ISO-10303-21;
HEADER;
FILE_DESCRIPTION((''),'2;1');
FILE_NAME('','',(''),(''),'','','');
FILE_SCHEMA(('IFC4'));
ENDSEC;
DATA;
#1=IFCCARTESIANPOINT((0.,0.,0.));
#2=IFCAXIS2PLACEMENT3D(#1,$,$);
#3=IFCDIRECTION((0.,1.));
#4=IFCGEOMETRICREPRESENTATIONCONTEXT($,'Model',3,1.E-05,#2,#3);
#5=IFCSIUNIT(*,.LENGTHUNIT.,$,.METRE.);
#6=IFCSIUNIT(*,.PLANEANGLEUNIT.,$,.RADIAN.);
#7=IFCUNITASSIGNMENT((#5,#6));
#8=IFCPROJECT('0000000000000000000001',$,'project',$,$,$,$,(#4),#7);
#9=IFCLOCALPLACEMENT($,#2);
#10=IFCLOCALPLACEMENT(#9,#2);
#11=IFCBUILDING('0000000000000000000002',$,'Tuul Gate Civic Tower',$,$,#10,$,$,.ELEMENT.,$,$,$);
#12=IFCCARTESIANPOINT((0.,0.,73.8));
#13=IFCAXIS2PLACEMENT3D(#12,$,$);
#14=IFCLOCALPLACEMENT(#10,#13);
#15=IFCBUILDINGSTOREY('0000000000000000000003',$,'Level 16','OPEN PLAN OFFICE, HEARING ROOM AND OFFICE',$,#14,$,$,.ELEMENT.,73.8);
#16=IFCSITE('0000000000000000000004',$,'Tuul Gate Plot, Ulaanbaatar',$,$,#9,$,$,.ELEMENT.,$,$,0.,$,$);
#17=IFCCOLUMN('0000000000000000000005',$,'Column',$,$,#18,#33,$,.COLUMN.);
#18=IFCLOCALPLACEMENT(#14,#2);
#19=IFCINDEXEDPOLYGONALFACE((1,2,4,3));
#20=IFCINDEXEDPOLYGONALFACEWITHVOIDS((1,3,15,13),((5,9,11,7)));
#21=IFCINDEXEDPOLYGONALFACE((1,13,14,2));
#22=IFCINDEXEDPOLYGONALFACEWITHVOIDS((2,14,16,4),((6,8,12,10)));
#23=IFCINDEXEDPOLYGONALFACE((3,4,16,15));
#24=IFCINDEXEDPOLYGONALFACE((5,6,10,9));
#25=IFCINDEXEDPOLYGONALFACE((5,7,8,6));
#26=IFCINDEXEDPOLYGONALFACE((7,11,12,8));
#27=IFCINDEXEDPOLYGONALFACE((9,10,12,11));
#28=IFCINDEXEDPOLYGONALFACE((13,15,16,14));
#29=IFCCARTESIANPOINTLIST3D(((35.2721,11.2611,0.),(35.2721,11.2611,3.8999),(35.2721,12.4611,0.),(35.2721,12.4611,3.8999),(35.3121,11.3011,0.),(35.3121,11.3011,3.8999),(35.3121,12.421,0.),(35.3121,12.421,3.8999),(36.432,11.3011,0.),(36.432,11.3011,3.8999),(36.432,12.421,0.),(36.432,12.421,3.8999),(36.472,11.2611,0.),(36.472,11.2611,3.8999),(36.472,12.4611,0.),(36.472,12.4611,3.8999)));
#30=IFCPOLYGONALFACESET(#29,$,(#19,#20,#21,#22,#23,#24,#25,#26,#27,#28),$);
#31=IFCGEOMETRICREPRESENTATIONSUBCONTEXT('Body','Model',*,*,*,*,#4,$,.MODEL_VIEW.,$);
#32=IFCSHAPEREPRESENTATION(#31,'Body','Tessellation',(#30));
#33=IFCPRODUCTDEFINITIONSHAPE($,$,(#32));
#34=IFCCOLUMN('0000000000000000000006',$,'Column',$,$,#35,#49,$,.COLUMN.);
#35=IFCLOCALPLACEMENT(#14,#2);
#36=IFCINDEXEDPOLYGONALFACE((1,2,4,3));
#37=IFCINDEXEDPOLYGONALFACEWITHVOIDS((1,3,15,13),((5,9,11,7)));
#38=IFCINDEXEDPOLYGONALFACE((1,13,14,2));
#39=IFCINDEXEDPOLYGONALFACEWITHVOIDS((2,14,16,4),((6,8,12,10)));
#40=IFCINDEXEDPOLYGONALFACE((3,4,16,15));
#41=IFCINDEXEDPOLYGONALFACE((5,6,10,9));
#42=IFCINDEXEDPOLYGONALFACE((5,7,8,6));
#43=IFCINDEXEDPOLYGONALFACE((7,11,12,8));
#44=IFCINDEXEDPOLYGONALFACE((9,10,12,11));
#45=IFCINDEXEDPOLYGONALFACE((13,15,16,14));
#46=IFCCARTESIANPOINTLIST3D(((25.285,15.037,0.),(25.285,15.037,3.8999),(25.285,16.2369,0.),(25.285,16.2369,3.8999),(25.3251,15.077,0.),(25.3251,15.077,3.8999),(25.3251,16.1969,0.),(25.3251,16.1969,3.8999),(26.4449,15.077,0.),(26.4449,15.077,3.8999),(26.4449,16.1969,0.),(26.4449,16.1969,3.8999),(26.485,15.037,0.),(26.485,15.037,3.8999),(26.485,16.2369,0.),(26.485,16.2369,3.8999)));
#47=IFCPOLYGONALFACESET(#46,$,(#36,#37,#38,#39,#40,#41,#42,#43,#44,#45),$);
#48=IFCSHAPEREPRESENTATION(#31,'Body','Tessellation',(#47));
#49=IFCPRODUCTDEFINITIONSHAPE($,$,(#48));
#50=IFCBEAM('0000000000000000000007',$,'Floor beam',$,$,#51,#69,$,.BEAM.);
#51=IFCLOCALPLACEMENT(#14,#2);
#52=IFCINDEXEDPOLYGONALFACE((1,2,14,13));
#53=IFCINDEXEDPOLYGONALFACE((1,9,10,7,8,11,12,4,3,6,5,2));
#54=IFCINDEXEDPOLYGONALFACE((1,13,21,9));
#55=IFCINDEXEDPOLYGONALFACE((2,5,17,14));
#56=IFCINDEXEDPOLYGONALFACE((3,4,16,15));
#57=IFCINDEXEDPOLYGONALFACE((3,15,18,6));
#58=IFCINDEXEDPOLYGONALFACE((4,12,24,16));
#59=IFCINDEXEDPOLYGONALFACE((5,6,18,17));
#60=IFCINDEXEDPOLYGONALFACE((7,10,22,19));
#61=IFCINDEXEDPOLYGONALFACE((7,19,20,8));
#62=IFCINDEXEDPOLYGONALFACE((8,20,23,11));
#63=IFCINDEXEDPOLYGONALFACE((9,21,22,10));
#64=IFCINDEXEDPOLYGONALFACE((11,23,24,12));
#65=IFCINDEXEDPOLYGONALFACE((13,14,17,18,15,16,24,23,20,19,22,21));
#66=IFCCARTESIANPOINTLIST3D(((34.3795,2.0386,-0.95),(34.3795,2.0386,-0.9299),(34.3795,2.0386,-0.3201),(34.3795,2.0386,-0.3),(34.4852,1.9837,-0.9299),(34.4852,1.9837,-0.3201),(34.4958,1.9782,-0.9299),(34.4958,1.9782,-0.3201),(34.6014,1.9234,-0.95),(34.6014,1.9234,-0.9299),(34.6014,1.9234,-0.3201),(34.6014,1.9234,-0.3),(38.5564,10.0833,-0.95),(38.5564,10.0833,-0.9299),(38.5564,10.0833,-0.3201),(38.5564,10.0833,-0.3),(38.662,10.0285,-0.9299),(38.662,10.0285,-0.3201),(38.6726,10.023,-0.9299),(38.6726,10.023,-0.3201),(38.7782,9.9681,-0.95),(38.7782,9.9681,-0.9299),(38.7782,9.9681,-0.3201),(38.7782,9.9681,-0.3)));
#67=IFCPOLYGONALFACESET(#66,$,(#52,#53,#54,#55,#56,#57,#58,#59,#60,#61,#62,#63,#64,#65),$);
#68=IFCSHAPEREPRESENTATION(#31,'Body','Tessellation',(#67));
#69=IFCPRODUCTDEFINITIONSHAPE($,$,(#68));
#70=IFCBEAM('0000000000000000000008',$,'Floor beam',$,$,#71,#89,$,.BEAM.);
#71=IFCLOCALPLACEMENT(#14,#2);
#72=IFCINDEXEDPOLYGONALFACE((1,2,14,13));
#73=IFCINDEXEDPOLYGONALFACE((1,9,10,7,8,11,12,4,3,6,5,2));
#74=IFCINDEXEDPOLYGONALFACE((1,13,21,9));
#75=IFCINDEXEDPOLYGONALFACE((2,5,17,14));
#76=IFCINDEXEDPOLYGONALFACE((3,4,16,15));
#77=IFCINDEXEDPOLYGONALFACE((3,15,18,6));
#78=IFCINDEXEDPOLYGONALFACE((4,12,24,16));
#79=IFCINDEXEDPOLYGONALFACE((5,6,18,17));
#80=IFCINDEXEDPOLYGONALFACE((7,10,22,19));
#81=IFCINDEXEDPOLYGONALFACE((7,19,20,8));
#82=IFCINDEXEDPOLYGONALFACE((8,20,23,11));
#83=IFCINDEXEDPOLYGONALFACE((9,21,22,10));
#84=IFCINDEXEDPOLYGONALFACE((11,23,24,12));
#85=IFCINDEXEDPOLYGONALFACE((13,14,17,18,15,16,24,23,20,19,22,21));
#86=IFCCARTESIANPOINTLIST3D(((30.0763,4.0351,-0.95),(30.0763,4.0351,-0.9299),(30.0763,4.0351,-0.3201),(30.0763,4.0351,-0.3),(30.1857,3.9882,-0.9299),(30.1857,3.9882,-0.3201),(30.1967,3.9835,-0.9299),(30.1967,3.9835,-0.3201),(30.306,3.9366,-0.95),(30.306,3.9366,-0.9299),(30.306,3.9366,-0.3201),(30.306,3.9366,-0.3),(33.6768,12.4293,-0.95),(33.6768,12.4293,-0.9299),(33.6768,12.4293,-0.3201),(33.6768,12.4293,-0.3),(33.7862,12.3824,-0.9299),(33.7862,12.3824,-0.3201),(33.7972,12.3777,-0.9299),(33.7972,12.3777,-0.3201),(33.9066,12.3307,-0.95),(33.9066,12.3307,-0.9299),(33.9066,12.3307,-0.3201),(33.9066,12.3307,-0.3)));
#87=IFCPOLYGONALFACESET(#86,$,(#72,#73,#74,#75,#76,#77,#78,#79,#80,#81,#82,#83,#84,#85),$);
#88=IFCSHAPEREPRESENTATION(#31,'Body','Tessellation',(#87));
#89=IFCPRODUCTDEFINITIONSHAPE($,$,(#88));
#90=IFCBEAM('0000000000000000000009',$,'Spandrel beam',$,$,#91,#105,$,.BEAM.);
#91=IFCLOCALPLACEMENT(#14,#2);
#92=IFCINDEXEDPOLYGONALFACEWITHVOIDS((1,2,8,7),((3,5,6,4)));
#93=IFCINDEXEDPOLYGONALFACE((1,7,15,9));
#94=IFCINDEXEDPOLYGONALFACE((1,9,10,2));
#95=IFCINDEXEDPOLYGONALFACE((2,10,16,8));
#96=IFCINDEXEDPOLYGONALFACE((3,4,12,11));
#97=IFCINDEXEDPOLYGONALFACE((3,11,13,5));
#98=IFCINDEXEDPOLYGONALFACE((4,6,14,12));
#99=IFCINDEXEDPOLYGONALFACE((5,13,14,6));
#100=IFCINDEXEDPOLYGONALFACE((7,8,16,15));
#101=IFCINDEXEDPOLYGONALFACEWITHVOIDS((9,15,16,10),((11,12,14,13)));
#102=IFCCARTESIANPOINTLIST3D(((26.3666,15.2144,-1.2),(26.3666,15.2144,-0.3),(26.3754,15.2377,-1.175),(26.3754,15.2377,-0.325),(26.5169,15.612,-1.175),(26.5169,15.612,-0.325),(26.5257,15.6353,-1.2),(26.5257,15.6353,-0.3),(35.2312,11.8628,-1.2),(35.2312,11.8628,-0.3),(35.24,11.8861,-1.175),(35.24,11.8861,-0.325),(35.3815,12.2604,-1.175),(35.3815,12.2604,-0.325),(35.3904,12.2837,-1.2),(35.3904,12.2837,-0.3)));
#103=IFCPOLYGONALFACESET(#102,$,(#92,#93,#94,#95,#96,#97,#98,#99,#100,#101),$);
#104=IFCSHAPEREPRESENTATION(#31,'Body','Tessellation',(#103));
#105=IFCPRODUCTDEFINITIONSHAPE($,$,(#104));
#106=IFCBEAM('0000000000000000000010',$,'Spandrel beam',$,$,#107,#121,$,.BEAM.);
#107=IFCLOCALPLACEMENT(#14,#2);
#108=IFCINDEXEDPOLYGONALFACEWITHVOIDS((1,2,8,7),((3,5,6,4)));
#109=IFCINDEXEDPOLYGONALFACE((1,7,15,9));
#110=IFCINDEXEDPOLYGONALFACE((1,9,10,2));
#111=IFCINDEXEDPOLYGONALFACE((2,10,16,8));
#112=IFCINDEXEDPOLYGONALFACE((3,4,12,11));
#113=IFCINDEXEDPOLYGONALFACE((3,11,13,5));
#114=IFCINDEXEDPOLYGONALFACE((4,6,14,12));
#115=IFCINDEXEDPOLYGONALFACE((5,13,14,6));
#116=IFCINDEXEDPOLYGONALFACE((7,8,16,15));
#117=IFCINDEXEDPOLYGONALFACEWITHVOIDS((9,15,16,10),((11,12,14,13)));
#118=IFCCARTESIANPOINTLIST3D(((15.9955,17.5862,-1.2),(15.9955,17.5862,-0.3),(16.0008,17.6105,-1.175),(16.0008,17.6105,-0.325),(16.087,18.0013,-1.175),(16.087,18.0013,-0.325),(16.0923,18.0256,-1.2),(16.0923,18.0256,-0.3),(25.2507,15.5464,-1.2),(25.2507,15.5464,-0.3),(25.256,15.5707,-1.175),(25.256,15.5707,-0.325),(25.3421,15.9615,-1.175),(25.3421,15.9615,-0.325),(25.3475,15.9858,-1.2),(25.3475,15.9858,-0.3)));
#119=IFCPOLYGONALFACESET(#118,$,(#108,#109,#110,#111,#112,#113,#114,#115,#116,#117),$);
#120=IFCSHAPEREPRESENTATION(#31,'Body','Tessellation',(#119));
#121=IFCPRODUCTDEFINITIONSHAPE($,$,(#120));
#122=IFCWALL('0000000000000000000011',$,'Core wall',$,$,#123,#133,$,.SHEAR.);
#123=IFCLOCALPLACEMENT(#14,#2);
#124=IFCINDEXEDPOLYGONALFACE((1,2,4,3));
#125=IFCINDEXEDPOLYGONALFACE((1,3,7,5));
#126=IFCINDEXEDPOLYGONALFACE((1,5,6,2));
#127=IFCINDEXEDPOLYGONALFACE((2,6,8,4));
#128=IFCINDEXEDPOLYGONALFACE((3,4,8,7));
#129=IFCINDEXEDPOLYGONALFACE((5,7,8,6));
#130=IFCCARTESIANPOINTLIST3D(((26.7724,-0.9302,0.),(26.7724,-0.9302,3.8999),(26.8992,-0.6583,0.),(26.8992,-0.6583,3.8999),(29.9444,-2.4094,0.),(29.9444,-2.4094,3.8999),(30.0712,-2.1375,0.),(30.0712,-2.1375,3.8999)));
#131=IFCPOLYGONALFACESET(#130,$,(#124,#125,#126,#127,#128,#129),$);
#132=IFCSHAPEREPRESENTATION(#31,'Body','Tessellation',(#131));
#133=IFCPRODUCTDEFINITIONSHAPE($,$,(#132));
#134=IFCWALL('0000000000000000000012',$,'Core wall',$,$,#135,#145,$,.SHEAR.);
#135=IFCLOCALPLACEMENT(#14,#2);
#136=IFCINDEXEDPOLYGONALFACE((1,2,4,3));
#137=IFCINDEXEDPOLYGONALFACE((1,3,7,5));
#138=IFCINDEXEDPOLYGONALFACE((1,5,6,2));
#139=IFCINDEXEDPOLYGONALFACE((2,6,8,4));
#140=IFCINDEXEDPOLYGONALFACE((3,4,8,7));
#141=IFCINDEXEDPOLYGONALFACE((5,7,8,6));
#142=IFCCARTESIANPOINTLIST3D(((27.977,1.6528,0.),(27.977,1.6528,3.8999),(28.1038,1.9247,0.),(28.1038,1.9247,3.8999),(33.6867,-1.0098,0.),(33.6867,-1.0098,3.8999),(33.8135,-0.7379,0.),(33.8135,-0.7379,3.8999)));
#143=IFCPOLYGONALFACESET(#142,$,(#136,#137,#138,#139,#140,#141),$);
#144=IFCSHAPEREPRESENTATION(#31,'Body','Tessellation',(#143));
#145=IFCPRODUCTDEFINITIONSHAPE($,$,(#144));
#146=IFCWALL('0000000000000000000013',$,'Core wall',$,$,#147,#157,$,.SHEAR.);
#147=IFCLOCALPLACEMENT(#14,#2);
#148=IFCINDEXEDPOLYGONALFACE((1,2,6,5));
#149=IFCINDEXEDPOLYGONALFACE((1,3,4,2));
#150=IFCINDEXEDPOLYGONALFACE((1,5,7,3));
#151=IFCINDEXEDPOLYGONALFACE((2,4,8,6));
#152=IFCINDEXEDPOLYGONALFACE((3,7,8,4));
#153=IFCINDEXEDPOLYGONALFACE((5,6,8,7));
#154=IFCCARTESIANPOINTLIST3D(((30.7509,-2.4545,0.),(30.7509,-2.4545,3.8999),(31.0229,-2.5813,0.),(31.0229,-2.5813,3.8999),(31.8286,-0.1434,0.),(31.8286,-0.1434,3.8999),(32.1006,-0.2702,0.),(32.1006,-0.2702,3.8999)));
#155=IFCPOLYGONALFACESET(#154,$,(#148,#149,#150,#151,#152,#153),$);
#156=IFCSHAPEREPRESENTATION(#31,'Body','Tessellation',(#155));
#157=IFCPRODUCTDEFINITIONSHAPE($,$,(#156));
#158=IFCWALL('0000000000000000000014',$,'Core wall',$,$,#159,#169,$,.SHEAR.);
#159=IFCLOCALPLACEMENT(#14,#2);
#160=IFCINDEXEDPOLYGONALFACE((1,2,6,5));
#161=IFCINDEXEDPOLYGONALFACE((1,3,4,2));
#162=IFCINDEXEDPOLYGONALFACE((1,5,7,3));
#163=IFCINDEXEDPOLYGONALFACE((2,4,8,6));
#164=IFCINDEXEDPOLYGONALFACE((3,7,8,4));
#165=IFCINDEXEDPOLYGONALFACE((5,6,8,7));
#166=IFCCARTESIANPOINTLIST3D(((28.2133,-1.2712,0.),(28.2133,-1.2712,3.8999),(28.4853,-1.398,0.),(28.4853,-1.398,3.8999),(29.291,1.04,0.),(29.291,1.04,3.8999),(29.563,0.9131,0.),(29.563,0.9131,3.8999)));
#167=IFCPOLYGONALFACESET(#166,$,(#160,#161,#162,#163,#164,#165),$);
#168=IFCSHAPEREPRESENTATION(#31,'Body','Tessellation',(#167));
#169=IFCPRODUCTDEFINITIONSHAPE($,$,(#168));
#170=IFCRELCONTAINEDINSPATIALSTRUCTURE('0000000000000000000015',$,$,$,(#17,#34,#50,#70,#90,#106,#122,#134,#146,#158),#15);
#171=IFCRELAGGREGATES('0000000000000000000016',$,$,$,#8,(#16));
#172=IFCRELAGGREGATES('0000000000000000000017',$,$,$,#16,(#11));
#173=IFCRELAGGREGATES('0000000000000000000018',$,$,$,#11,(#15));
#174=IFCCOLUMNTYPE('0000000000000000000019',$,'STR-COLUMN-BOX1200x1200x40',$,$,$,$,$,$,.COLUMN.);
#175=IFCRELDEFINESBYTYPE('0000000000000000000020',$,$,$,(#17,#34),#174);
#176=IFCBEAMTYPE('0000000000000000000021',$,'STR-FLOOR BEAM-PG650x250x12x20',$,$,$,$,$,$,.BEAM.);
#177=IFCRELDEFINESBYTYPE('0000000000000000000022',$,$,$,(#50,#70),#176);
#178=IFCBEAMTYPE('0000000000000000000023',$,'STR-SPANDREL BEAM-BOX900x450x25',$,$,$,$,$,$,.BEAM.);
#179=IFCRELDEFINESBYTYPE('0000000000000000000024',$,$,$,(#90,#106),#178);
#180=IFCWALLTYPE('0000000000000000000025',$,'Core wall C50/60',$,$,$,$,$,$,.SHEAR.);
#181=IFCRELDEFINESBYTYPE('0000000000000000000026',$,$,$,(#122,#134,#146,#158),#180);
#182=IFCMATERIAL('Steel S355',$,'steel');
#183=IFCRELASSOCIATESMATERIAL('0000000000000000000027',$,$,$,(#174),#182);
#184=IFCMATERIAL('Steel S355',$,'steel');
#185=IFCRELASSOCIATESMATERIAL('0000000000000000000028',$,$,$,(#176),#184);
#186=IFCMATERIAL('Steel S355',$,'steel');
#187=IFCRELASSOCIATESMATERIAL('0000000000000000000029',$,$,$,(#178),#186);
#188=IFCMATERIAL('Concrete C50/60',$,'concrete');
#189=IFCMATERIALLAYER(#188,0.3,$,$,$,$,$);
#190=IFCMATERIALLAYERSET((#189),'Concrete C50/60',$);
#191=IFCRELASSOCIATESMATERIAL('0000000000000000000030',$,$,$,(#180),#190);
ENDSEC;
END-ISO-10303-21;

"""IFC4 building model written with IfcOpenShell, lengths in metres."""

from ifc_helpers import new_model, si_unit, direction, frame, frame_2d, origin, origin_2d, place, context, subcontext, project, spatial, rectangle, hollow_rectangle, i_section, extrude, material, layer, layer_set, material_profile, profile_set, type_object, element, save


model = new_model("IFC4")

# Units and contexts
model_context = context("Model", 3, precision=1e-05, world=origin(), true_north=direction((0.0, 1.0)))
body_context = subcontext(model_context, "Body", "Model", "MODEL_VIEW")
ifc_project = project(units=[si_unit("LENGTHUNIT", "METRE"), si_unit("PLANEANGLEUNIT", "RADIAN")], contexts=[model_context])

# Site, building, storey
site_placement = place(None, origin())
site = spatial("IfcSite", under=ifc_project, at=site_placement, Name="Tuul Gate Plot, Ulaanbaatar", CompositionType="ELEMENT", RefElevation=0.0)
building_placement = place(site_placement, origin())
building = spatial("IfcBuilding", under=site, at=building_placement, Name="Tuul Gate Civic Tower", CompositionType="ELEMENT")
storey_placement = place(building_placement, frame((0.0, 0.0, 73.8)))
storey = spatial("IfcBuildingStorey", under=building, at=storey_placement, Name="Level 16", Description="OPEN PLAN OFFICE, HEARING ROOM AND OFFICE", CompositionType="ELEMENT", Elevation=73.8)

# Columns
ifc_material_1 = material(Name="Steel S355", Category="steel")
ifc_material_profile_1 = material_profile(ifc_material_1, hollow_rectangle(XDim=1.2, YDim=1.2, WallThickness=0.04, at=origin_2d()), Name="BOX1200x1200x40")
ifc_profile_set_1 = profile_set([ifc_material_profile_1], Name="Steel S355")
column_type = type_object("IfcColumnType", Name="STR-COLUMN-BOX1200x1200x40", PredefinedType="COLUMN", material=ifc_profile_set_1)
for number, where, z_axis, x_axis, name in (
    (1, (35.8721, 11.8611, 0.0), (0.0, 0.0, 1.0), (1.0, 0.0, 0.0), "Column"),
    (2, (25.885, 15.637, 0.0), (0.0, 0.0, 1.0), (1.0, 0.0, 0.0), "Column"),
):
    element("IfcColumn", number, at=place(storey_placement, frame(where, z_axis=z_axis, x_axis=x_axis)), inside=storey, type_object=column_type, Name=name, PredefinedType="COLUMN", context=body_context, shape_type="SweptSolid", body=[
        extrude(hollow_rectangle(XDim=1.2, YDim=1.2, WallThickness=0.04, at=origin_2d()), origin(), (0.0, 0.0, 1.0), 3.8999),
    ])

# Beams
ifc_material_2 = material(Name="Steel S355", Category="steel")
ifc_material_profile_2 = material_profile(ifc_material_2, i_section(OverallWidth=0.25, OverallDepth=0.6499, WebThickness=0.012, FlangeThickness=0.02, at=origin_2d()), Name="PG650x250x12x20")
ifc_profile_set_2 = profile_set([ifc_material_profile_2], Name="Steel S355")
beam_type_1 = type_object("IfcBeamType", Name="STR-FLOOR BEAM-PG650x250x12x20", PredefinedType="BEAM", material=ifc_profile_set_2)
beam_1_placement = place(storey_placement, frame((34.4905, 1.981, -0.625), z_axis=(0.46079, 0.887509, 0.0), x_axis=(-0.887509, 0.46079, 0.0)))
element("IfcBeam", 3, at=beam_1_placement, inside=storey, type_object=beam_type_1, Name="Floor beam", PredefinedType="BEAM", context=body_context, shape_type="SweptSolid", body=[
    extrude(i_section(OverallWidth=0.25, OverallDepth=0.6499, WebThickness=0.012, FlangeThickness=0.02, at=origin_2d()), origin(), (0.0, 0.0, 1.0), 9.0645),
])
beam_2_placement = place(storey_placement, frame((30.1912, 3.9858, -0.625), z_axis=(0.3942, 0.919025, 0.0), x_axis=(-0.919025, 0.3942, 0.0)))
element("IfcBeam", 4, at=beam_2_placement, inside=storey, type_object=beam_type_1, Name="Floor beam", PredefinedType="BEAM", context=body_context, shape_type="SweptSolid", body=[
    extrude(i_section(OverallWidth=0.25, OverallDepth=0.6499, WebThickness=0.012, FlangeThickness=0.02, at=origin_2d()), origin(), (0.0, 0.0, 1.0), 9.1338),
])
ifc_material_3 = material(Name="Steel S355", Category="steel")
ifc_material_profile_3 = material_profile(ifc_material_3, hollow_rectangle(XDim=0.45, YDim=0.8999, WallThickness=0.0249, at=origin_2d()), Name="BOX900x450x25")
ifc_profile_set_3 = profile_set([ifc_material_profile_3], Name="Steel S355")
beam_type_2 = type_object("IfcBeamType", Name="STR-SPANDREL BEAM-BOX900x450x25", PredefinedType="BEAM", material=ifc_profile_set_3)
beam_3_placement = place(storey_placement, frame((35.3108, 12.0732, -0.75), z_axis=(-0.935376, 0.353655, 0.0), x_axis=(-0.353655, -0.935376, 0.0)))
element("IfcBeam", 5, at=beam_3_placement, inside=storey, type_object=beam_type_2, Name="Spandrel beam", PredefinedType="BEAM", context=body_context, shape_type="SweptSolid", body=[
    extrude(hollow_rectangle(XDim=0.45, YDim=0.8999, WallThickness=0.0249, at=origin_2d()), origin(), (0.0, 0.0, 1.0), 9.4771),
])
beam_4_placement = place(storey_placement, frame((25.2991, 15.7661, -0.75), z_axis=(-0.976563, 0.215231, 0.0), x_axis=(-0.215231, -0.976563, 0.0)))
element("IfcBeam", 6, at=beam_4_placement, inside=storey, type_object=beam_type_2, Name="Spandrel beam", PredefinedType="BEAM", context=body_context, shape_type="SweptSolid", body=[
    extrude(hollow_rectangle(XDim=0.45, YDim=0.8999, WallThickness=0.0249, at=origin_2d()), origin(), (0.0, 0.0, 1.0), 9.4773),
])

# Walls
ifc_material_4 = material(Name="Concrete C50/60", Category="concrete")
ifc_layer_1 = layer(ifc_material_4, 0.3)
ifc_layer_set_1 = layer_set([ifc_layer_1], Name="Concrete C50/60")
wall_type_1 = type_object("IfcWallType", Name="Core wall C50/60", PredefinedType="SHEAR", material=ifc_layer_set_1)
wall_1_placement = place(storey_placement, frame((30.0078, -2.2734, 0.0), z_axis=(0.0, 0.0, 1.0), x_axis=(-0.906301, 0.422633, 0.0)))
element("IfcWall", 7, at=wall_1_placement, inside=storey, type_object=wall_type_1, Name="Core wall", PredefinedType="SHEAR", context=body_context, shape_type="SweptSolid", body=[
    extrude(rectangle(XDim=3.5, YDim=0.3, at=frame_2d((1.75, 0.0))), origin(), (0.0, 0.0, 1.0), 3.8999),
])
wall_2_placement = place(storey_placement, frame((33.75, -0.8738, 0.0), z_axis=(0.0, 0.0, 1.0), x_axis=(-0.906301, 0.422633, 0.0)))
element("IfcWall", 8, at=wall_2_placement, inside=storey, type_object=wall_type_1, Name="Core wall", PredefinedType="SHEAR", context=body_context, shape_type="SweptSolid", body=[
    extrude(rectangle(XDim=6.3, YDim=0.3, at=frame_2d((3.1499, 0.0))), origin(), (0.0, 0.0, 1.0), 3.8999),
])
for number, where, z_axis, x_axis, name in (
    (9, (30.887, -2.5178, 0.0), (0.0, 0.0, 1.0), (0.422613, 0.90631, 0.0), "Core wall"),
    (10, (28.3494, -1.3345, 0.0), (0.0, 0.0, 1.0), (0.422613, 0.90631, 0.0), "Core wall"),
):
    element("IfcWall", number, at=place(storey_placement, frame(where, z_axis=z_axis, x_axis=x_axis)), inside=storey, type_object=wall_type_1, Name=name, PredefinedType="SHEAR", context=body_context, shape_type="SweptSolid", body=[
        extrude(rectangle(XDim=2.55, YDim=0.3, at=frame_2d((1.2749, 0.0))), origin(), (0.0, 0.0, 1.0), 3.8999),
    ])

save(model, "model.ifc")
